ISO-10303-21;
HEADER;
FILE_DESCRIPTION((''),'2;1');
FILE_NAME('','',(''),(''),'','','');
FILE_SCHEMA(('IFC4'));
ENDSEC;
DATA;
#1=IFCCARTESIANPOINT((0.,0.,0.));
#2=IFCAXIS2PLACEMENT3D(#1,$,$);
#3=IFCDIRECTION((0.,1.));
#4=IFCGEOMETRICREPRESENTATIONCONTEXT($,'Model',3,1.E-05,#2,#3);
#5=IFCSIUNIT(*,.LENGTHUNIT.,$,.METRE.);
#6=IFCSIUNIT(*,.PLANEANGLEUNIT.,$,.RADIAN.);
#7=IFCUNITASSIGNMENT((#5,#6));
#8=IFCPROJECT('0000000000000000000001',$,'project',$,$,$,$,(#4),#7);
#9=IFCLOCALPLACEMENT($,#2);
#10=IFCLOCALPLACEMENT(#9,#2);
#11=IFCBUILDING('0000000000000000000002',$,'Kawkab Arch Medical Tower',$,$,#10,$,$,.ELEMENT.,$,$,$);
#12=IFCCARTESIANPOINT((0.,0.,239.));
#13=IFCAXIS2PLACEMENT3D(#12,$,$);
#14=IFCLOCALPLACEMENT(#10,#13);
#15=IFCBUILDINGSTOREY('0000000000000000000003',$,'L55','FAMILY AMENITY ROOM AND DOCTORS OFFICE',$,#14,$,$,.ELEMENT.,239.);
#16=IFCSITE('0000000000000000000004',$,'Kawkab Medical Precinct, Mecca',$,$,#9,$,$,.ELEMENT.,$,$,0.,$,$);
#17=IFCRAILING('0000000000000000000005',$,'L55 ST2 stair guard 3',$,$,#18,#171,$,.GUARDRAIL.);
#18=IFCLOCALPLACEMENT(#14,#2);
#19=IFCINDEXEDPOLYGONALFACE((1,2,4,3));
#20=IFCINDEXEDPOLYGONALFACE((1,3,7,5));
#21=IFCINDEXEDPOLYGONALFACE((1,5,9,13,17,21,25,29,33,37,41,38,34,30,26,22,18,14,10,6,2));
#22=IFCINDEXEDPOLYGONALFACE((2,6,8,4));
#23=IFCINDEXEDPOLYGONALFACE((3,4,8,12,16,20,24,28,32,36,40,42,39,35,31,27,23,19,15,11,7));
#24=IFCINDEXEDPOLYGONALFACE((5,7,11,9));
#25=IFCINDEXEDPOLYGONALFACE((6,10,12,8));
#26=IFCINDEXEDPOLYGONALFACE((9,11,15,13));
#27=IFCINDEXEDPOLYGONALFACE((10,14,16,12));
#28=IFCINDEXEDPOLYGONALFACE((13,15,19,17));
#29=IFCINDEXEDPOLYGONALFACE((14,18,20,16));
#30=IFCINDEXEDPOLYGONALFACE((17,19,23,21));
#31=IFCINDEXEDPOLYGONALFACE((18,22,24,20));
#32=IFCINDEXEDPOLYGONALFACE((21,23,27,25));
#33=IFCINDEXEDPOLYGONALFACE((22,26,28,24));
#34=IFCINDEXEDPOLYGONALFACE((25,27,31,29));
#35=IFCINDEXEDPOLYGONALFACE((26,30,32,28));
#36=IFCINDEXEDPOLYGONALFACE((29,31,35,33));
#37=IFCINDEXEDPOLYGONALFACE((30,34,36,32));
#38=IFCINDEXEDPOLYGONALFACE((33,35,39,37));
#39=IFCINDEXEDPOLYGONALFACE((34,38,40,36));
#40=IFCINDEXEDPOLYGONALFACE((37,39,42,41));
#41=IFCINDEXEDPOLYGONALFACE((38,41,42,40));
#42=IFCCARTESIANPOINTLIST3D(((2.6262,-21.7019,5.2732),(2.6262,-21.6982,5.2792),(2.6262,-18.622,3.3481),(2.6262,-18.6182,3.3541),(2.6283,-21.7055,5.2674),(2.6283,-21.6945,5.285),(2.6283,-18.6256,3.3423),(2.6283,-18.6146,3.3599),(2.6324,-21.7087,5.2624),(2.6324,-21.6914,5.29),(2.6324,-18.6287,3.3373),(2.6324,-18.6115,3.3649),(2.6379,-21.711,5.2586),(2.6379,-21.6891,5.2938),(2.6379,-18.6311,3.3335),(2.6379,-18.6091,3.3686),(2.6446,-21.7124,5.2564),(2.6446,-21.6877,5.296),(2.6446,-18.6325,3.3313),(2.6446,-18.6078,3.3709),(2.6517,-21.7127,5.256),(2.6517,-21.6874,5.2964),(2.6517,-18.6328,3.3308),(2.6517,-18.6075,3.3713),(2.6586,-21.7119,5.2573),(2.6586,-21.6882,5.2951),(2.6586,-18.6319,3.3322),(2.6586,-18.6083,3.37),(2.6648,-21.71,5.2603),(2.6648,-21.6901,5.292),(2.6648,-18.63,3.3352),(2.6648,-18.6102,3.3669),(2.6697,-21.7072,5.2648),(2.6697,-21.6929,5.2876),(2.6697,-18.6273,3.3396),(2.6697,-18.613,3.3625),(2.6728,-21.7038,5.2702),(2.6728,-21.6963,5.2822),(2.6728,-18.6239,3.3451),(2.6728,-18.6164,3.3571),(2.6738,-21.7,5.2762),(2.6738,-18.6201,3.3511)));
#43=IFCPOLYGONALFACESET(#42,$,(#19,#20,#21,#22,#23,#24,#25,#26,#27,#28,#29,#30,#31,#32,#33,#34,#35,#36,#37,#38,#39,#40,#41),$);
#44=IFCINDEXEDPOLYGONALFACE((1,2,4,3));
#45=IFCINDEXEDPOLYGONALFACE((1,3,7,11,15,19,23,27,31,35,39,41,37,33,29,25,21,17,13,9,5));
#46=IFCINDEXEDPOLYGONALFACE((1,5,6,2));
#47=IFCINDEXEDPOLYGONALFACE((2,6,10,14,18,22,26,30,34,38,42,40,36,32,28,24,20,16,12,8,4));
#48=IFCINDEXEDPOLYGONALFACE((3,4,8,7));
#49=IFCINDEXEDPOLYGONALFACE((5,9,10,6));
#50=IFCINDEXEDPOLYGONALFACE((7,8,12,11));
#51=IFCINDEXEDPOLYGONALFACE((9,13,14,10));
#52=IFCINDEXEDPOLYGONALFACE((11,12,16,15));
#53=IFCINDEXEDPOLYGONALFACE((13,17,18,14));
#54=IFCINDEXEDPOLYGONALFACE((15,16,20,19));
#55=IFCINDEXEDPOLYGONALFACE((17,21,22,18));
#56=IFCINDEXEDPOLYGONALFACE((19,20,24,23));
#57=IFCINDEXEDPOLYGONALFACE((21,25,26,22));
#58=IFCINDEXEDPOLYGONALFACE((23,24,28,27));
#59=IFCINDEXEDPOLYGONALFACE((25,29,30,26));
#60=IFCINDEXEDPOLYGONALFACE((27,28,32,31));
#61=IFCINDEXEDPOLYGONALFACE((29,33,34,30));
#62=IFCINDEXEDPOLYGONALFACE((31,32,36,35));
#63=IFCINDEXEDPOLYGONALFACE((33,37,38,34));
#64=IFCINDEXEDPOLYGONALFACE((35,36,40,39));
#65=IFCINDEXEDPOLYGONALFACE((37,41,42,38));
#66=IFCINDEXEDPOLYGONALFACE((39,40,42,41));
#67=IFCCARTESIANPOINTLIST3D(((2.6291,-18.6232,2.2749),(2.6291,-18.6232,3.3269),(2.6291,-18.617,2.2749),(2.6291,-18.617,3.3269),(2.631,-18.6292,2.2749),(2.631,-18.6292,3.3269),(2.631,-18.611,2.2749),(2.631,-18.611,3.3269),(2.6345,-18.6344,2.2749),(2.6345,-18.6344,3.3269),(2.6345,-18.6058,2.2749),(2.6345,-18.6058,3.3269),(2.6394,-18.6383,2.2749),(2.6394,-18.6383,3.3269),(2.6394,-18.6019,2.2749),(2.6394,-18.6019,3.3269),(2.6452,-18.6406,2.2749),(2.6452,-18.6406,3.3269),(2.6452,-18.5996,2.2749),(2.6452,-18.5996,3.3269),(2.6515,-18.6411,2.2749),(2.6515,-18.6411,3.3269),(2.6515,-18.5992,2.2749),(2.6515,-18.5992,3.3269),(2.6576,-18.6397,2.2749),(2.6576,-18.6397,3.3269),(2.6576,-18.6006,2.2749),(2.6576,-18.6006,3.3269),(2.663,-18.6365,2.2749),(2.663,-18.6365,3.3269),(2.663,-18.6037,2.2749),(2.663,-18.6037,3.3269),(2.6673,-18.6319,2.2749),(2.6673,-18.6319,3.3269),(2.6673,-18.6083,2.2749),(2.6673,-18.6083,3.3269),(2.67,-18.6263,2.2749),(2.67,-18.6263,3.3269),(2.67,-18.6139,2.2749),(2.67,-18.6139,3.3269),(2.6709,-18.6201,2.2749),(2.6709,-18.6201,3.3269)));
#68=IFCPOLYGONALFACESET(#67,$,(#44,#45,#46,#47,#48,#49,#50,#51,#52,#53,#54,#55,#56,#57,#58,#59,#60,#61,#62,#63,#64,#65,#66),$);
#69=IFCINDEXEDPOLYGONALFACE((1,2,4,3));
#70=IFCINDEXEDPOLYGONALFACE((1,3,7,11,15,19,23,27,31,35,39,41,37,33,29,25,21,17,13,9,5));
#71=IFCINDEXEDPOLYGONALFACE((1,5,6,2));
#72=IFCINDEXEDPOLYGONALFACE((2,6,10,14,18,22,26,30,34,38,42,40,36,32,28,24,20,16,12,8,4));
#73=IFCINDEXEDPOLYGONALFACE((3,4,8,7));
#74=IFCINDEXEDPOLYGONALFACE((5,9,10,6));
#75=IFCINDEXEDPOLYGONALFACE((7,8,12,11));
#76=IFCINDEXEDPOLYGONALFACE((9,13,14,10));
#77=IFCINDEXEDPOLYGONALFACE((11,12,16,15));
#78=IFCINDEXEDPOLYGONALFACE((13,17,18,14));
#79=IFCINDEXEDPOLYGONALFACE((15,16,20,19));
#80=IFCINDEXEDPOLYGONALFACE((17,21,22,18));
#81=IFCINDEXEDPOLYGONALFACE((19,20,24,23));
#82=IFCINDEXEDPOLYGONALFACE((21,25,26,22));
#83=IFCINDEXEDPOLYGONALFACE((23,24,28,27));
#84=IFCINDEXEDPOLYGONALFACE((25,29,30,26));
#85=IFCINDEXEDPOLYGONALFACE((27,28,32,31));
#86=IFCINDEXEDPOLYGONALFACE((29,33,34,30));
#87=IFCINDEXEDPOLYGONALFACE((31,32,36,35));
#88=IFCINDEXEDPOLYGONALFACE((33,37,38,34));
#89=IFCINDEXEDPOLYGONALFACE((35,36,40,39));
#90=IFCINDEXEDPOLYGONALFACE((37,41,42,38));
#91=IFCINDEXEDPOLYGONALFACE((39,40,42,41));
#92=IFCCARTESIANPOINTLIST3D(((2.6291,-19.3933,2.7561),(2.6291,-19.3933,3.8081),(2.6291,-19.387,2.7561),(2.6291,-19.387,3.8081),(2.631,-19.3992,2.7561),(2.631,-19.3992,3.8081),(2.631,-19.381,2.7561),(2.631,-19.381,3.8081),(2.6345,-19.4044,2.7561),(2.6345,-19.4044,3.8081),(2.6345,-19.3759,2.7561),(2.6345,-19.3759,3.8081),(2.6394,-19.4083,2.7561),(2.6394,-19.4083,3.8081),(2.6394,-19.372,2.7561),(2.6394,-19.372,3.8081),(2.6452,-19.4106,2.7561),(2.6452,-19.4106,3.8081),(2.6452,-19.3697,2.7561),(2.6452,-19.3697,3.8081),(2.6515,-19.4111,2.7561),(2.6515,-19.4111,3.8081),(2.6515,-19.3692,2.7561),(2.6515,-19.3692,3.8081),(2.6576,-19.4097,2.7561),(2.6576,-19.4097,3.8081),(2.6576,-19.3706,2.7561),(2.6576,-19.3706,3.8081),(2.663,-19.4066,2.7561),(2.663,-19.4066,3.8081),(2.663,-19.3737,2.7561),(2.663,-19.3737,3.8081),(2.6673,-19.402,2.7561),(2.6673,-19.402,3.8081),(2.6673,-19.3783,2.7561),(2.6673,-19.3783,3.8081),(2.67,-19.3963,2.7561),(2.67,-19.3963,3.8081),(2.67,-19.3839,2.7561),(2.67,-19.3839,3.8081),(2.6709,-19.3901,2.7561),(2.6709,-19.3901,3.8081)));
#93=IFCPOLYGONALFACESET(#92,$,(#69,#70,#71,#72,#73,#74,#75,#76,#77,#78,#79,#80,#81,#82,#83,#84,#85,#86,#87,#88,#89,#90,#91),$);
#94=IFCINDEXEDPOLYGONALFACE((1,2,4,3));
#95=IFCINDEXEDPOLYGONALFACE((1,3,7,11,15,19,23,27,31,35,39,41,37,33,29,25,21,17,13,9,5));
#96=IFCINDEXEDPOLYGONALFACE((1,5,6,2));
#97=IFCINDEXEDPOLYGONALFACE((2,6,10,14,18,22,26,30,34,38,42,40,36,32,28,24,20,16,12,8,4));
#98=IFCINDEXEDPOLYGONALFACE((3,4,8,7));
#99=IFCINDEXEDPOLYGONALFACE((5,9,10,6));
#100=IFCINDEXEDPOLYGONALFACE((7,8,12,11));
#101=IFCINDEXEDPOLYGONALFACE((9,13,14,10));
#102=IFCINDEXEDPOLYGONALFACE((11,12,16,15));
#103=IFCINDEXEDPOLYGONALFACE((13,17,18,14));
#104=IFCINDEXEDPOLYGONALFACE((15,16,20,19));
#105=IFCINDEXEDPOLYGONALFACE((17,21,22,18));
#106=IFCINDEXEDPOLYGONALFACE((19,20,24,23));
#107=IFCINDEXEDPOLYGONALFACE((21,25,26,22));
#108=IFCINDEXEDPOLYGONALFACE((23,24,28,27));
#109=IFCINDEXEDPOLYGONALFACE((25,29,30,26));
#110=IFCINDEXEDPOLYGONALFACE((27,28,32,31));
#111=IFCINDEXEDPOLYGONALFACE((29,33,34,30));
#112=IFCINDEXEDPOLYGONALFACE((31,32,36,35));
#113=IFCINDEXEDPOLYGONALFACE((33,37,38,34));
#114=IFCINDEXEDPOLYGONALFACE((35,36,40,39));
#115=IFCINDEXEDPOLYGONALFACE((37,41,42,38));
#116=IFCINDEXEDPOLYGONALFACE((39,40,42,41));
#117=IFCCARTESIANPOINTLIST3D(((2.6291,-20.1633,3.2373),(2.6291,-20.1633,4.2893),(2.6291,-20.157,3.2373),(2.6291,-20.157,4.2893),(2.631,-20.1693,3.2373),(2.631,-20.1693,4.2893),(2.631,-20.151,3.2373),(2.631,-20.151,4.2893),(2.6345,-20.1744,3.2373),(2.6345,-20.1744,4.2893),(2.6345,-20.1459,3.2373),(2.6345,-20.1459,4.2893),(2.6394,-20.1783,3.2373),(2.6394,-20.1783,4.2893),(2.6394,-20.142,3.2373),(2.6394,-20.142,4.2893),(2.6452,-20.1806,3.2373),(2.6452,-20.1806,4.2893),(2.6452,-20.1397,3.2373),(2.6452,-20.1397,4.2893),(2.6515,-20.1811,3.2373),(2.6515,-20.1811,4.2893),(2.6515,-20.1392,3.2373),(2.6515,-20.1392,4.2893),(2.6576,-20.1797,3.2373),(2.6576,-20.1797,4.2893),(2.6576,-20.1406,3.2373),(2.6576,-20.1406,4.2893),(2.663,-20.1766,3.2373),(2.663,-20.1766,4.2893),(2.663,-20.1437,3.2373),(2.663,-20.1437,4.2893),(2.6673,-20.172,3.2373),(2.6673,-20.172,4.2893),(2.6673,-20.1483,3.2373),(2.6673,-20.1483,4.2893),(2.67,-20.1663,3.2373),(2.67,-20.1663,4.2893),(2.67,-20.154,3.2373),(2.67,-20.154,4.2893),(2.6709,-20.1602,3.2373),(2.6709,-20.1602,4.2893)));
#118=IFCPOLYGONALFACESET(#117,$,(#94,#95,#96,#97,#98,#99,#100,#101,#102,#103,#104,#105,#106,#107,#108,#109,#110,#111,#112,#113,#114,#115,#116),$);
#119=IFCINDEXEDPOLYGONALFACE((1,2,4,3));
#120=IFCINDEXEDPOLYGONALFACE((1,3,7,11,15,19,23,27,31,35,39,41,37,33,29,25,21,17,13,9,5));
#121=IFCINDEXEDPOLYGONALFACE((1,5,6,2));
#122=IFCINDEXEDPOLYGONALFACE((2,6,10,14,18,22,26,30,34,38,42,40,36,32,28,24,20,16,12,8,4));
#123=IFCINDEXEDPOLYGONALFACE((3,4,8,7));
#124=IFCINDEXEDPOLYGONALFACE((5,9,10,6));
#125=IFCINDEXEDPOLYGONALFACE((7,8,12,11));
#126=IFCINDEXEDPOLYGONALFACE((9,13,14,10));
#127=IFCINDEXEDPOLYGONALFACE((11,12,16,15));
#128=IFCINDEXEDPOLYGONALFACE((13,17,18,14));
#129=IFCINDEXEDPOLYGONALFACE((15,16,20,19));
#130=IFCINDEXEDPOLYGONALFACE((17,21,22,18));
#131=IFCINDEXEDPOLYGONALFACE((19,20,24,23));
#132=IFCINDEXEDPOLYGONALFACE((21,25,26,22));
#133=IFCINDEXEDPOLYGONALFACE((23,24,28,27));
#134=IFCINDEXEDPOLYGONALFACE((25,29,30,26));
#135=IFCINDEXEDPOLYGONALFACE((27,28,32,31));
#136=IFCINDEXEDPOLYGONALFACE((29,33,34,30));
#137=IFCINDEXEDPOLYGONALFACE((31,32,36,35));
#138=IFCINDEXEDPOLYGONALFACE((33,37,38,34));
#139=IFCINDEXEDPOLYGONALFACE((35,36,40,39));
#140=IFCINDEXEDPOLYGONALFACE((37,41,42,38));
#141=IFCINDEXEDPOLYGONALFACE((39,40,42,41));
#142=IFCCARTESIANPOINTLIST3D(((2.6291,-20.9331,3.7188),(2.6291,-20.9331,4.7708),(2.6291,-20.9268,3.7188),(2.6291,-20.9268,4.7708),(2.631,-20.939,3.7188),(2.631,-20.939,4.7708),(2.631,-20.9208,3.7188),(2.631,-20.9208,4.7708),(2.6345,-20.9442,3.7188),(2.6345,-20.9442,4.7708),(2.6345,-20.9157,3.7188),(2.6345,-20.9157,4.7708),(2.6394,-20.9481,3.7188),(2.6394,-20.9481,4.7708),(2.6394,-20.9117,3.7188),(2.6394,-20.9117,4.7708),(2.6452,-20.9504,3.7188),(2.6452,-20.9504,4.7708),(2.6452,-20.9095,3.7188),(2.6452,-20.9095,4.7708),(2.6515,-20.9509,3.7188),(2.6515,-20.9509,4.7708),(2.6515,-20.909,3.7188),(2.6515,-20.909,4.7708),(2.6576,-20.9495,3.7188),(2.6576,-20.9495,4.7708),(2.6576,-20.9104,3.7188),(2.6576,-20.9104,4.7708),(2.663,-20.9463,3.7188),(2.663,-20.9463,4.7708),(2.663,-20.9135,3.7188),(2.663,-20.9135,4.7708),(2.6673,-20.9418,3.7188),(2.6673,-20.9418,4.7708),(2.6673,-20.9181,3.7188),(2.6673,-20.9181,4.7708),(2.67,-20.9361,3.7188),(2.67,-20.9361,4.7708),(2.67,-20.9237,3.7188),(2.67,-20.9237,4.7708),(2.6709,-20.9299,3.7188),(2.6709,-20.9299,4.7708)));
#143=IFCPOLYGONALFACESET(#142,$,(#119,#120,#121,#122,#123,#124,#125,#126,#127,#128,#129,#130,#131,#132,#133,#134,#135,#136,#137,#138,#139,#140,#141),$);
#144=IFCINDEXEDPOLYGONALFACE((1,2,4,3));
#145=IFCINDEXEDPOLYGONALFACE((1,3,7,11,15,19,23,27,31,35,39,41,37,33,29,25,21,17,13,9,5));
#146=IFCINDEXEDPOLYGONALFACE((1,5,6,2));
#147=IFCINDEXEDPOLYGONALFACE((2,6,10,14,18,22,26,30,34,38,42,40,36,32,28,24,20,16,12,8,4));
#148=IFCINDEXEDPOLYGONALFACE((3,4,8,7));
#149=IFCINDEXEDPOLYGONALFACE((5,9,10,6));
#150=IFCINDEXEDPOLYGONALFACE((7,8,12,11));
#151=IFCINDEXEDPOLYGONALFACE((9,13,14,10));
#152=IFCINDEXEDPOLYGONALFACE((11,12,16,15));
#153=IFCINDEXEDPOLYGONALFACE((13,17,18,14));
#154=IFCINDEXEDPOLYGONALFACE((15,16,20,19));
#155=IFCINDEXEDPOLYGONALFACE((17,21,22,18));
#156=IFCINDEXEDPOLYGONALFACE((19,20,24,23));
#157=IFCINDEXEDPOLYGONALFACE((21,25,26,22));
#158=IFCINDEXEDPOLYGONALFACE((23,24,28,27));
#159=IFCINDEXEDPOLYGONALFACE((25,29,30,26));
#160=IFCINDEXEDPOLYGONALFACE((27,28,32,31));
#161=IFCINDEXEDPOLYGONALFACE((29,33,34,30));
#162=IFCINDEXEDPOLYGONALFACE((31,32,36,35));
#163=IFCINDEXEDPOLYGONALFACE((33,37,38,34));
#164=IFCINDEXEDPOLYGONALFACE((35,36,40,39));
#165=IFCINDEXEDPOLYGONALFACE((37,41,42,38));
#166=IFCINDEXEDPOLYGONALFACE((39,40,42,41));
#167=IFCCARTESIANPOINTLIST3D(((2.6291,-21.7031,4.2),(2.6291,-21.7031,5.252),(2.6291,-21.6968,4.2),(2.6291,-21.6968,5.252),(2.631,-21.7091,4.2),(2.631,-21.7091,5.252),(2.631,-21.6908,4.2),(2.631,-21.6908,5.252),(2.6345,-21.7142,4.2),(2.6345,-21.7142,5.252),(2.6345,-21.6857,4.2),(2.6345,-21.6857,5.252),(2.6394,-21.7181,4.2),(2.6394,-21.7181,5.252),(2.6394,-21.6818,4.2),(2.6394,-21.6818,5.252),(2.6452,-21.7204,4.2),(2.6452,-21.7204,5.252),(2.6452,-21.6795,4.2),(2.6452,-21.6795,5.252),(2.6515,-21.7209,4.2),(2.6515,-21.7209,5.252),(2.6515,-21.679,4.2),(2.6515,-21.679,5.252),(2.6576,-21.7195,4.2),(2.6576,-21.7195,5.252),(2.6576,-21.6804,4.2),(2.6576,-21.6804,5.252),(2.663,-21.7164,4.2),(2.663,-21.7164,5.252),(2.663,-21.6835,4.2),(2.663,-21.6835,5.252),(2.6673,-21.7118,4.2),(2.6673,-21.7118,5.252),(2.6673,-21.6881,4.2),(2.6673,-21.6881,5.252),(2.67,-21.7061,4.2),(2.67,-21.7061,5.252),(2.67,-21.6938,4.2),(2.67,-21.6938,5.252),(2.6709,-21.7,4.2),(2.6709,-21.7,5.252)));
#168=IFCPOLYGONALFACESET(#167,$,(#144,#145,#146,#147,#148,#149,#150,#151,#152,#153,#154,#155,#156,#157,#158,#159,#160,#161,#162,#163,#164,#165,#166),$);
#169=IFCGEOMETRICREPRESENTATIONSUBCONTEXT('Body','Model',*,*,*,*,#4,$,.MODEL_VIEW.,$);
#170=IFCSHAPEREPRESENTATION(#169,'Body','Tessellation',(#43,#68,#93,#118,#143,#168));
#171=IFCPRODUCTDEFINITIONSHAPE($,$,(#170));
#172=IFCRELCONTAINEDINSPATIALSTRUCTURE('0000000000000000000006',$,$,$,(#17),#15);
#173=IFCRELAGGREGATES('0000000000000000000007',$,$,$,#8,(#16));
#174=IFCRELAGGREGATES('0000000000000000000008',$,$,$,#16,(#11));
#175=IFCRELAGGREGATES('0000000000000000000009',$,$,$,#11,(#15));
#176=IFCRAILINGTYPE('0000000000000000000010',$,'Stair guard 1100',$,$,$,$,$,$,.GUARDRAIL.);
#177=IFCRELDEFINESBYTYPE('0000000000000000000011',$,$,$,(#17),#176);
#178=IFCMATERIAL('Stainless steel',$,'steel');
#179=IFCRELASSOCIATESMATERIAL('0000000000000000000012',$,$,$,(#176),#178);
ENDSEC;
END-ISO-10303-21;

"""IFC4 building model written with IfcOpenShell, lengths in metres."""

from ifc_helpers import new_model, si_unit, direction, frame, origin, origin_2d, place, context, subcontext, project, spatial, circle, extrude, material, type_object, element, save


model = new_model("IFC4")

# Units and contexts
model_context = context("Model", 3, precision=1e-05, world=origin(), true_north=direction((0.0, 1.0)))
body_context = subcontext(model_context, "Body", "Model", "MODEL_VIEW")
ifc_project = project(units=[si_unit("LENGTHUNIT", "METRE"), si_unit("PLANEANGLEUNIT", "RADIAN")], contexts=[model_context])

# Site, building, storey
site_placement = place(None, origin())
site = spatial("IfcSite", under=ifc_project, at=site_placement, Name="Kawkab Medical Precinct, Mecca", CompositionType="ELEMENT", RefElevation=0.0)
building_placement = place(site_placement, origin())
building = spatial("IfcBuilding", under=site, at=building_placement, Name="Kawkab Arch Medical Tower", CompositionType="ELEMENT")
storey_placement = place(building_placement, frame((0.0, 0.0, 239.0)))
storey = spatial("IfcBuildingStorey", under=building, at=storey_placement, Name="L55", Description="FAMILY AMENITY ROOM AND DOCTORS OFFICE", CompositionType="ELEMENT", Elevation=239.0)

# Railing
ifc_material_1 = material(Name="Stainless steel", Category="steel")
railing_type = type_object("IfcRailingType", Name="Stair guard 1100", PredefinedType="GUARDRAIL", material=ifc_material_1)
railing_1_placement = place(storey_placement, frame((2.6499, -18.6201, 2.2749)))
element("IfcRailing", 1, at=railing_1_placement, inside=storey, type_object=railing_type, Name="L55 ST2 stair guard 3", PredefinedType="GUARDRAIL", context=body_context, shape_type="SweptSolid", body=[
    extrude(circle(Radius=0.0239, at=origin_2d()), frame((0.0, 0.0, 1.0762), z_axis=(0.0, -0.847979, 0.530029), x_axis=(1.0, 0.0, 0.0)), (0.0, 0.0, 1.0), 3.6321),
    extrude(circle(Radius=0.021, at=origin_2d()), origin(), (0.0, 0.0, 1.0), 1.052),
    extrude(circle(Radius=0.021, at=origin_2d()), frame((0.0, -0.77, 0.4812)), (0.0, 0.0, 1.0), 1.052),
    extrude(circle(Radius=0.021, at=origin_2d()), frame((0.0, -1.54, 0.9624)), (0.0, 0.0, 1.0), 1.052),
    extrude(circle(Radius=0.021, at=origin_2d()), frame((0.0, -2.3098, 1.4438)), (0.0, 0.0, 1.0), 1.052),
    extrude(circle(Radius=0.021, at=origin_2d()), frame((0.0, -3.0798, 1.925)), (0.0, 0.0, 1.0), 1.052),
])

save(model, "model.ifc")
